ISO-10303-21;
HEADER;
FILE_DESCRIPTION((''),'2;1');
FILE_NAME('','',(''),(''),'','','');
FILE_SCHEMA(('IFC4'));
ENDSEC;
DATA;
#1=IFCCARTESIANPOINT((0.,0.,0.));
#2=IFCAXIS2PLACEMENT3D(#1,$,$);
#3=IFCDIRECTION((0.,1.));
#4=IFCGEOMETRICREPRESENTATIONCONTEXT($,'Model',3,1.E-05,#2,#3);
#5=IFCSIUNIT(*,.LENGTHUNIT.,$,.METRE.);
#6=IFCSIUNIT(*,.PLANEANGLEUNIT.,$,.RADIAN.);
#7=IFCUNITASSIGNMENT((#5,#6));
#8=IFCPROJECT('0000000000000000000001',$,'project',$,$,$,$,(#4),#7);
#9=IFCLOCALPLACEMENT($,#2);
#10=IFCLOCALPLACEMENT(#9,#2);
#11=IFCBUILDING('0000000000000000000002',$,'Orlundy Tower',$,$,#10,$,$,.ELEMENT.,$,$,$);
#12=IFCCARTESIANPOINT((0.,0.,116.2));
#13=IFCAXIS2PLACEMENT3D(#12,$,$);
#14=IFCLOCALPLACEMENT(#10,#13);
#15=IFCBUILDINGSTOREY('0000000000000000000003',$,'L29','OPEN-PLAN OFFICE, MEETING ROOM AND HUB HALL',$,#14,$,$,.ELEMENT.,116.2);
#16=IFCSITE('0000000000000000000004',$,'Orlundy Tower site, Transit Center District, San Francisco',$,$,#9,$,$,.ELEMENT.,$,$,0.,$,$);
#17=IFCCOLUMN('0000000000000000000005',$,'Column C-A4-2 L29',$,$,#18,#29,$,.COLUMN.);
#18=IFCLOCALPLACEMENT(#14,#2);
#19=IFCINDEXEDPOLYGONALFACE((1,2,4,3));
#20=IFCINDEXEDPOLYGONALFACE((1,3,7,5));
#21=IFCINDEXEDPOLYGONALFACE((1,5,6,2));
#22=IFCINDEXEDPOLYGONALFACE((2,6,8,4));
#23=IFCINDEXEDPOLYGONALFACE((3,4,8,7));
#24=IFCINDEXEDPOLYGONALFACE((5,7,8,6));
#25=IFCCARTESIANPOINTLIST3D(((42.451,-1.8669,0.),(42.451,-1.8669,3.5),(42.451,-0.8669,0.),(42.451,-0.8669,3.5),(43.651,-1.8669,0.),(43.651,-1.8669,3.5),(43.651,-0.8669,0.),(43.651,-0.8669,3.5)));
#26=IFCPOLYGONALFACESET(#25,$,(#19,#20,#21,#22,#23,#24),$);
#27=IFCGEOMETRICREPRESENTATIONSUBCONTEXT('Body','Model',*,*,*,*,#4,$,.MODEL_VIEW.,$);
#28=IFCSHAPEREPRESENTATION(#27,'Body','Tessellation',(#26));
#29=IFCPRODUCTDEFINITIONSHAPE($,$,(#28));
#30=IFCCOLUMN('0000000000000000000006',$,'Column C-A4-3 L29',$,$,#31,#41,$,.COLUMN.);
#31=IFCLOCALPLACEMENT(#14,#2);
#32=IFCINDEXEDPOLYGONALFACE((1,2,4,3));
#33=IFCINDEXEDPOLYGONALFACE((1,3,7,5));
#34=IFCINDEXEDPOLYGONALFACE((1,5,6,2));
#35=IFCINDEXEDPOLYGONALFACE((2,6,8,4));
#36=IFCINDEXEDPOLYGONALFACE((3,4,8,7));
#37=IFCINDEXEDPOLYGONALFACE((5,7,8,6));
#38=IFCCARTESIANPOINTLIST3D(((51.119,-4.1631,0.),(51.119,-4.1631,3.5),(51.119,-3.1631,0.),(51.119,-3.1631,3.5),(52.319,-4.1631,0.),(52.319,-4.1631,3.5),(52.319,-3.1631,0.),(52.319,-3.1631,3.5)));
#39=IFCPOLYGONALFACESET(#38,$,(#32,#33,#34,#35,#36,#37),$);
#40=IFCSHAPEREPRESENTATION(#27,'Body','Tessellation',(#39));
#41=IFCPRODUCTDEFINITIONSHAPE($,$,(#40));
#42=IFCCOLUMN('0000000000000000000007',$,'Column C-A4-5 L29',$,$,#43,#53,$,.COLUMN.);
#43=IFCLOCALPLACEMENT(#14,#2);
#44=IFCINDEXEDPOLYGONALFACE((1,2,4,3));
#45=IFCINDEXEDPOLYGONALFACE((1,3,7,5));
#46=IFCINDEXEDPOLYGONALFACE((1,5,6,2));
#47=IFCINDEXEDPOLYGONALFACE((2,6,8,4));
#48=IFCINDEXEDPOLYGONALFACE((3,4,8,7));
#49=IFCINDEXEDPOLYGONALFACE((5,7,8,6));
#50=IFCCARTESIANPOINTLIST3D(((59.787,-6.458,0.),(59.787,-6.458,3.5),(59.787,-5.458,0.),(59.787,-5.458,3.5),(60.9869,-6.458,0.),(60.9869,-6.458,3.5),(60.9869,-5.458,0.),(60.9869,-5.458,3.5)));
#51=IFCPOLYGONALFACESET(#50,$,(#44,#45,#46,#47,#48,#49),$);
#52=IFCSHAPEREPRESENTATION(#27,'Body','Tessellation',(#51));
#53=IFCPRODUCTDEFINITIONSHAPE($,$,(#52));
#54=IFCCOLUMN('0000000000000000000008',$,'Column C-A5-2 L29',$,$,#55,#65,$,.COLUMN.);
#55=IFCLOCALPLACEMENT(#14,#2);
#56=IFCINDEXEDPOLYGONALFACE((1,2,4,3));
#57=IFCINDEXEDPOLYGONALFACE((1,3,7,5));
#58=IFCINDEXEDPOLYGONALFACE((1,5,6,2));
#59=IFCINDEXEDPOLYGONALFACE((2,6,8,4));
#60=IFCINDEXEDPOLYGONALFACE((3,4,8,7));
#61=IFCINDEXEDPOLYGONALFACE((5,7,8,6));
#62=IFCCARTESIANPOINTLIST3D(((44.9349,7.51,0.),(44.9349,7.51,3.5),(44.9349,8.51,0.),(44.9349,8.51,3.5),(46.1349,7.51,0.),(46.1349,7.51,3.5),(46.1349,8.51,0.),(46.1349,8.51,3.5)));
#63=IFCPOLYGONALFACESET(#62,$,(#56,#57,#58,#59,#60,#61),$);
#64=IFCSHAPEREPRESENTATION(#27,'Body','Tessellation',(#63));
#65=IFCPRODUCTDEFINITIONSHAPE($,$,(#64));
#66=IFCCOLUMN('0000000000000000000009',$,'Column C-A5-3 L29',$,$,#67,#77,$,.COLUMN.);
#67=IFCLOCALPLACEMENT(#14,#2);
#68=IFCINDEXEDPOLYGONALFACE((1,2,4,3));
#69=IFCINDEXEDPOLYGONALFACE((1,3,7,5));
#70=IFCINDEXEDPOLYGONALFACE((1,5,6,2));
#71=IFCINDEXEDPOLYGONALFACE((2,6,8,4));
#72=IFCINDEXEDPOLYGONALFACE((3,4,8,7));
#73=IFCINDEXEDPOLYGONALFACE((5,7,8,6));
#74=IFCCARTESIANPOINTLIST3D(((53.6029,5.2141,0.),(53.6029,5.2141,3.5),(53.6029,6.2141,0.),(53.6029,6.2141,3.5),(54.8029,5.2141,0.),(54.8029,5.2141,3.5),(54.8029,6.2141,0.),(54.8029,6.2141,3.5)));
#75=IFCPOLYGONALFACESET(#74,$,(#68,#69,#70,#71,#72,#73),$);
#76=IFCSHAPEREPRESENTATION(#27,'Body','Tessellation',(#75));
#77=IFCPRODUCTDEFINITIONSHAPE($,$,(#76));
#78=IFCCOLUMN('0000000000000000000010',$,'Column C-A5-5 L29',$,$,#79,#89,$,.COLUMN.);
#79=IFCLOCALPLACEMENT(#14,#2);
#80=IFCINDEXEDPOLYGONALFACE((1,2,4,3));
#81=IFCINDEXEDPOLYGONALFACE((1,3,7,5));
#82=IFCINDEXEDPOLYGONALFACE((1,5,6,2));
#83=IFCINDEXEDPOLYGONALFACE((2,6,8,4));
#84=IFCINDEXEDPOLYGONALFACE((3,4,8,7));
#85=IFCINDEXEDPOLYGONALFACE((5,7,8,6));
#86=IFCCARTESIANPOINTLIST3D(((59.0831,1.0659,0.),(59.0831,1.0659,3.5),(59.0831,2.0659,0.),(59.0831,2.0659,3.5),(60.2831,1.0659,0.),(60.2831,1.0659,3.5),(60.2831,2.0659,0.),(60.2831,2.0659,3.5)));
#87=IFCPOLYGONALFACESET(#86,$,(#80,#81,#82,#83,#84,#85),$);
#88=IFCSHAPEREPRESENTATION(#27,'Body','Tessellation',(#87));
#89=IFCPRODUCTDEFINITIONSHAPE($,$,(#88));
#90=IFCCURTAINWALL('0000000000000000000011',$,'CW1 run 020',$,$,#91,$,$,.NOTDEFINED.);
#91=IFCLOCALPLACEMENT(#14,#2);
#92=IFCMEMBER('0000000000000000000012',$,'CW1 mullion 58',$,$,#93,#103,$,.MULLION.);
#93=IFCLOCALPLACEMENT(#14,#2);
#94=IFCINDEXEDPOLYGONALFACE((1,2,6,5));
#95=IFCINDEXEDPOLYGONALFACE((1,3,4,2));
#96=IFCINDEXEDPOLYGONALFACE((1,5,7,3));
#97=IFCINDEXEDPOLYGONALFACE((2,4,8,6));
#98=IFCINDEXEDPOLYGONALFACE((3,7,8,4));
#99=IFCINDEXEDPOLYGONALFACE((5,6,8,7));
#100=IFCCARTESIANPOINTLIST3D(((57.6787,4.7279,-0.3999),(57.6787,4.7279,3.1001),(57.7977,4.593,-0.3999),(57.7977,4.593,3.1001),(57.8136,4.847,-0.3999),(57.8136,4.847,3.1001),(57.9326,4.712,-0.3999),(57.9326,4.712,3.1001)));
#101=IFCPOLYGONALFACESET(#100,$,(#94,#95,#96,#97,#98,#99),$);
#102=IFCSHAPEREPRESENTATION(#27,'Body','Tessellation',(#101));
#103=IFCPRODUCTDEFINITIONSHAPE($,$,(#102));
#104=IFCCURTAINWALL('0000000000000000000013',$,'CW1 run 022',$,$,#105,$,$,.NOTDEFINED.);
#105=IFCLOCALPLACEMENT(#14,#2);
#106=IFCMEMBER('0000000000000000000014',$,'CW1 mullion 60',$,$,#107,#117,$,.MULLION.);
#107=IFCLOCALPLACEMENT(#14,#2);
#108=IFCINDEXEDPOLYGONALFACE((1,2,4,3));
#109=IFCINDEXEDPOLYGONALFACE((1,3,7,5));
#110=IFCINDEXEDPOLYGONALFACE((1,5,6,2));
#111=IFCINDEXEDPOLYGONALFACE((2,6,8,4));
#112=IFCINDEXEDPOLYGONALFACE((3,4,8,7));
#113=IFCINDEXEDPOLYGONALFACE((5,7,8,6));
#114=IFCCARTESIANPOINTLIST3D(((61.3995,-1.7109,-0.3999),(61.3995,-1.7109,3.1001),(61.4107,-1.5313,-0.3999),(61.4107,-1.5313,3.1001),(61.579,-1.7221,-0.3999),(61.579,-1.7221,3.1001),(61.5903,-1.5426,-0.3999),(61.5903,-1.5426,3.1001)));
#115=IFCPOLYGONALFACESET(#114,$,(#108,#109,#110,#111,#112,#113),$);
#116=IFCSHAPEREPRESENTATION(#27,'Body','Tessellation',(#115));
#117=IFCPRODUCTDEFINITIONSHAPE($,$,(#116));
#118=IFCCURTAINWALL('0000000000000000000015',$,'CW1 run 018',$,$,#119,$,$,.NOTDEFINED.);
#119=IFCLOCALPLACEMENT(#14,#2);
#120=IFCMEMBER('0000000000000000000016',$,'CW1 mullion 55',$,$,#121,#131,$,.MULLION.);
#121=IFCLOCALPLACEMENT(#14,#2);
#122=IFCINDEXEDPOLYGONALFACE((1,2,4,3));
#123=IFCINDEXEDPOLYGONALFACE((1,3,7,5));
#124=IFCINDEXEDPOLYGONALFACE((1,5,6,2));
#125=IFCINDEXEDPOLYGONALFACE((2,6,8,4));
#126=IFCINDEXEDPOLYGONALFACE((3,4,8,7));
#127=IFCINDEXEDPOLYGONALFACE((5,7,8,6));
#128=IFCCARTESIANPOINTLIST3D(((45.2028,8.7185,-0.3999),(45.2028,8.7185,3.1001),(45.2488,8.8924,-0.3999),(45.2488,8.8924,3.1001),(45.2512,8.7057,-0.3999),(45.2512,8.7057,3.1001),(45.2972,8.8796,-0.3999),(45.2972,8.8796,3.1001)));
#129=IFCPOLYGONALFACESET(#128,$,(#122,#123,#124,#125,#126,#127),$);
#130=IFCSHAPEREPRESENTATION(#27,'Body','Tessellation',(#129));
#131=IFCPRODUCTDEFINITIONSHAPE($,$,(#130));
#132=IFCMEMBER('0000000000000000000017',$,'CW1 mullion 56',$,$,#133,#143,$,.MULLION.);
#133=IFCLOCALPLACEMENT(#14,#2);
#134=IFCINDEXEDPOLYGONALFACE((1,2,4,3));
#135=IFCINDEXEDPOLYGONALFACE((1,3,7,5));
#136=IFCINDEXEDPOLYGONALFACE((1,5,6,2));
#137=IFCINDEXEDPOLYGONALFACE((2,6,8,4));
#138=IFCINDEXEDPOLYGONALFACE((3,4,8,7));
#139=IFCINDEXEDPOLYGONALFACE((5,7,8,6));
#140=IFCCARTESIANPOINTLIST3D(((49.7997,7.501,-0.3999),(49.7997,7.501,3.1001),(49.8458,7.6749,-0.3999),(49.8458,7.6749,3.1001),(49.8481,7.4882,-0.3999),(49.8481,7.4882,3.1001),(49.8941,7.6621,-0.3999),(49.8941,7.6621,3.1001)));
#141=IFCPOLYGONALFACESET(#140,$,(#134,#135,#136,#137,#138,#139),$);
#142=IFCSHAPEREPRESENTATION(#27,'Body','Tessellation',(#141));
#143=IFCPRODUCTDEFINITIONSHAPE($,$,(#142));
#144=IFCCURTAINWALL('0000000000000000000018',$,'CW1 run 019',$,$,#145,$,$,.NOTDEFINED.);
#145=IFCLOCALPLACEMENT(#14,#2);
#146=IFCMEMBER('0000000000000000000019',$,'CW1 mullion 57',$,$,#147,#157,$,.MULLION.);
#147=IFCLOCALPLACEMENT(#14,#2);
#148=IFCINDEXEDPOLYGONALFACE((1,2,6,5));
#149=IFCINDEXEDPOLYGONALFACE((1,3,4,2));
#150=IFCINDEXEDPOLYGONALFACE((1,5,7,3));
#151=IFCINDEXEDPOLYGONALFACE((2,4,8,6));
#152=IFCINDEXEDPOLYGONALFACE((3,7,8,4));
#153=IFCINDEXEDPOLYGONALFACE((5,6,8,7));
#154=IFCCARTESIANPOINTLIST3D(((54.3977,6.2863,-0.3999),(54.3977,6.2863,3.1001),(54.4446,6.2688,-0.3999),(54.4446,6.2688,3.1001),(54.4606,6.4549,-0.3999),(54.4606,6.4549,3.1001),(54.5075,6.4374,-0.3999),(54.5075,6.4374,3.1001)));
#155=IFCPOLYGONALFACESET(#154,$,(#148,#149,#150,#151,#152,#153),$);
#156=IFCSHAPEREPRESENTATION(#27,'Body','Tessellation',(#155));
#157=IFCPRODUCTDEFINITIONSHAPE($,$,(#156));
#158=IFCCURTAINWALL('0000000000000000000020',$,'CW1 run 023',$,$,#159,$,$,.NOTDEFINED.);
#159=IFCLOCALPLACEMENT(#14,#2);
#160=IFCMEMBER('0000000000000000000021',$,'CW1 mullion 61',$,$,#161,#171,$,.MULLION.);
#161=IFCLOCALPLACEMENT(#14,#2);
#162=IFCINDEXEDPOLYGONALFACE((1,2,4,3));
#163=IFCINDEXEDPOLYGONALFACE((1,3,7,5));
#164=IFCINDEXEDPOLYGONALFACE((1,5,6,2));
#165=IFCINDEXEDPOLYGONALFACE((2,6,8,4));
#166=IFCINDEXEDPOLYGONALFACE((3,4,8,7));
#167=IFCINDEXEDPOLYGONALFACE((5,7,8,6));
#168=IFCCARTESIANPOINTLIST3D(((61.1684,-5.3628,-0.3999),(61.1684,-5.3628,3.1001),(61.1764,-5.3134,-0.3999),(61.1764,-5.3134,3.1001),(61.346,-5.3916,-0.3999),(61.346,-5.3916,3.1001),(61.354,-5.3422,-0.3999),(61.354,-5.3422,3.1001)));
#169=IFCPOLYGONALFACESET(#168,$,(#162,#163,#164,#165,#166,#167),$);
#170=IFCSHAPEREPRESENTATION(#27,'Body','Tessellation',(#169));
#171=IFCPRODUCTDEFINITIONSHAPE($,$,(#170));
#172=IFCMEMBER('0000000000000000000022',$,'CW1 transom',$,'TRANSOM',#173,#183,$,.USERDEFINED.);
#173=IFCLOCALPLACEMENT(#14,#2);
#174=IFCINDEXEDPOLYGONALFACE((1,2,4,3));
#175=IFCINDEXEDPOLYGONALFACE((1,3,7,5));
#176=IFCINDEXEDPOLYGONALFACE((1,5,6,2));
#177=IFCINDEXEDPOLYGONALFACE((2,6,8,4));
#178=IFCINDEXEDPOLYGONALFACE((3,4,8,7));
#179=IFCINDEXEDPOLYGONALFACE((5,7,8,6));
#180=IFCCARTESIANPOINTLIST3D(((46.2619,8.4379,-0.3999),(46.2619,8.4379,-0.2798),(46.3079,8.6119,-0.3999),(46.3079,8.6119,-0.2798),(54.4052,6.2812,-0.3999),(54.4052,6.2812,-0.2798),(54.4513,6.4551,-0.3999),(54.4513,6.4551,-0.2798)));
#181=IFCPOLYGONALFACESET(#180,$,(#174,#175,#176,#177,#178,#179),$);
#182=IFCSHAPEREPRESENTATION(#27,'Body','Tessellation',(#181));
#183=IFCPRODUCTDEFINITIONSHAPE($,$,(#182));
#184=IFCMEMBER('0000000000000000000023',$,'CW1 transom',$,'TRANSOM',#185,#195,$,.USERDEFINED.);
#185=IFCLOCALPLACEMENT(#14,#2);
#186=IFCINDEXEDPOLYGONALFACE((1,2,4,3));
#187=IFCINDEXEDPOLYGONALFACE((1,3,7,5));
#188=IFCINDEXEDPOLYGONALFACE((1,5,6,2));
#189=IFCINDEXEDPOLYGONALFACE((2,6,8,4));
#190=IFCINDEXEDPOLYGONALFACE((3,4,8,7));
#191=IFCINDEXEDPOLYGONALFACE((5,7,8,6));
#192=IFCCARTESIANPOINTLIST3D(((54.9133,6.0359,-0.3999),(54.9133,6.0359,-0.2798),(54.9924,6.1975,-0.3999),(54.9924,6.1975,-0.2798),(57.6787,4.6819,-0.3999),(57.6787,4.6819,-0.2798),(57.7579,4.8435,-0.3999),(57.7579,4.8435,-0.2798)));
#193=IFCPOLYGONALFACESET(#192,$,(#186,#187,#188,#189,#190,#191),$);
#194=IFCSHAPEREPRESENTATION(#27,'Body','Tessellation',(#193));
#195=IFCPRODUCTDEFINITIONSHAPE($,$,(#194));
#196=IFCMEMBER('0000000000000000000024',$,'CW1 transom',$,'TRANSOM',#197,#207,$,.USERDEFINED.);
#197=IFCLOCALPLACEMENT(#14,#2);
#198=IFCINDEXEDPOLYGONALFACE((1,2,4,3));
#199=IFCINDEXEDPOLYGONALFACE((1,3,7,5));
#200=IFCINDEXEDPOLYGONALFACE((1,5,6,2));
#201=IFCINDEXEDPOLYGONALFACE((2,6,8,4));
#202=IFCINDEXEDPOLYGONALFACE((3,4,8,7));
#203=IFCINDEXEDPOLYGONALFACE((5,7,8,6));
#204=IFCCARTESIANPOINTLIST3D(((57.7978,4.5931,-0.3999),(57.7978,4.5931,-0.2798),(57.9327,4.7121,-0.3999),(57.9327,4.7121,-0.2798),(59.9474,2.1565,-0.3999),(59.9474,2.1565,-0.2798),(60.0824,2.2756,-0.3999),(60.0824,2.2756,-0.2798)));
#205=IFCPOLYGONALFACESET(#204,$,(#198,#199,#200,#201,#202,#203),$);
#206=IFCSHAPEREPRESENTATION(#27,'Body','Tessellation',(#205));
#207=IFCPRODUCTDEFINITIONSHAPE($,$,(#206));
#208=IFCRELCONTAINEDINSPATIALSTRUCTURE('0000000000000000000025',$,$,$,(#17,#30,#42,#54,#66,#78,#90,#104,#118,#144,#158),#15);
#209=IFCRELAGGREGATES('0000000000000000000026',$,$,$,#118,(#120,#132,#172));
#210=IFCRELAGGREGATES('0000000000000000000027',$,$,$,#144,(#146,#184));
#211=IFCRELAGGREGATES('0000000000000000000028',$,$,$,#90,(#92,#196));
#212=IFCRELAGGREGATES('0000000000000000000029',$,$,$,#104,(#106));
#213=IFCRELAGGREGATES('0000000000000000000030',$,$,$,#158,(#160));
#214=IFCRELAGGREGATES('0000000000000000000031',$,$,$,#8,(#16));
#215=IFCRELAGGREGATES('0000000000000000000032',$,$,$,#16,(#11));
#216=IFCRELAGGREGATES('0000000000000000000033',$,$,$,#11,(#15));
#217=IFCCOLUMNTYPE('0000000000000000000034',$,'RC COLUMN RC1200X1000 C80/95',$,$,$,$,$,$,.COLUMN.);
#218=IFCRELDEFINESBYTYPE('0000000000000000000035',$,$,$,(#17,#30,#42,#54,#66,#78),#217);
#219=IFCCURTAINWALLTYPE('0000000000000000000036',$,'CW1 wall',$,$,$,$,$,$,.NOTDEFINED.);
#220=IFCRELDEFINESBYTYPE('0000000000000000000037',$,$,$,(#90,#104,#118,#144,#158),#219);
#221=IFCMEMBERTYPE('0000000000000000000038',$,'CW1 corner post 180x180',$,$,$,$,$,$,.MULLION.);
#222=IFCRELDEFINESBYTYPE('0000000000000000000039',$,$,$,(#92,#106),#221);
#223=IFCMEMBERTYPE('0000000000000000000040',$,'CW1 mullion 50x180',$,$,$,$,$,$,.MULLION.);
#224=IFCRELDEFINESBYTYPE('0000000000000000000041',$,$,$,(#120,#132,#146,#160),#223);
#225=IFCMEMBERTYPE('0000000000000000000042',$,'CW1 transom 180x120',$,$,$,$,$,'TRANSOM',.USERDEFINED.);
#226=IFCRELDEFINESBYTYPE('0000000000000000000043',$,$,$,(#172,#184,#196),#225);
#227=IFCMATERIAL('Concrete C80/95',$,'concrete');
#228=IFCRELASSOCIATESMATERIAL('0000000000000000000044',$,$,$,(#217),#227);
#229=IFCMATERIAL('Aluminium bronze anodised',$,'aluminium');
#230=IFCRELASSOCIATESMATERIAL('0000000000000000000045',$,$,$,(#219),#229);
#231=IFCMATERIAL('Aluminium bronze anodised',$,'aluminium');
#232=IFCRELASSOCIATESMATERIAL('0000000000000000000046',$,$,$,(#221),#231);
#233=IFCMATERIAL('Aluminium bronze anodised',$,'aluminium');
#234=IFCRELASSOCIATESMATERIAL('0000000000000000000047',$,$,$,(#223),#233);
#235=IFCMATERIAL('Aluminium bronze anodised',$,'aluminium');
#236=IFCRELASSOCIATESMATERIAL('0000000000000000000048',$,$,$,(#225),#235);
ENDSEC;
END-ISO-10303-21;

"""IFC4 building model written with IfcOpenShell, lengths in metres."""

from ifc_helpers import new_model, si_unit, direction, frame, origin, origin_2d, place, context, subcontext, project, spatial, rectangle, extrude, material, material_profile, profile_set, type_object, element, aggregate, save


model = new_model("IFC4")

# Units and contexts
model_context = context("Model", 3, precision=1e-05, world=origin(), true_north=direction((0.0, 1.0)))
body_context = subcontext(model_context, "Body", "Model", "MODEL_VIEW")
ifc_project = project(units=[si_unit("LENGTHUNIT", "METRE"), si_unit("PLANEANGLEUNIT", "RADIAN")], contexts=[model_context])

# Site, building, storey
site_placement = place(None, origin())
site = spatial("IfcSite", under=ifc_project, at=site_placement, Name="Orlundy Tower site, Transit Center District, San Francisco", CompositionType="ELEMENT", RefElevation=0.0)
building_placement = place(site_placement, origin())
building = spatial("IfcBuilding", under=site, at=building_placement, Name="Orlundy Tower", CompositionType="ELEMENT")
storey_placement = place(building_placement, frame((0.0, 0.0, 116.2)))
storey = spatial("IfcBuildingStorey", under=building, at=storey_placement, Name="L29", Description="OPEN-PLAN OFFICE, MEETING ROOM AND HUB HALL", CompositionType="ELEMENT", Elevation=116.2)

# Columns
ifc_material_1 = material(Name="Concrete C80/95", Category="concrete")
ifc_material_profile_1 = material_profile(ifc_material_1, rectangle(XDim=1.2, YDim=1.0, at=origin_2d()), Name="RC1200X1000")
ifc_profile_set_1 = profile_set([ifc_material_profile_1], Name="Concrete C80/95")
column_type = type_object("IfcColumnType", Name="RC COLUMN RC1200X1000 C80/95", PredefinedType="COLUMN", material=ifc_profile_set_1)
for number, where, z_axis, x_axis, name in (
    (1, (43.051, -1.3669, 0.0), (0.0, 0.0, 1.0), (1.0, 0.0, 0.0), "Column C-A4-2 L29"),
    (2, (51.719, -3.6631, 0.0), (0.0, 0.0, 1.0), (1.0, 0.0, 0.0), "Column C-A4-3 L29"),
    (3, (60.387, -5.958, 0.0), (0.0, 0.0, 1.0), (1.0, 0.0, 0.0), "Column C-A4-5 L29"),
    (4, (45.5349, 8.01, 0.0), (0.0, 0.0, 1.0), (1.0, 0.0, 0.0), "Column C-A5-2 L29"),
    (5, (54.2029, 5.7141, 0.0), (0.0, 0.0, 1.0), (1.0, 0.0, 0.0), "Column C-A5-3 L29"),
    (6, (59.6831, 1.5659, 0.0), (0.0, 0.0, 1.0), (1.0, 0.0, 0.0), "Column C-A5-5 L29"),
):
    element("IfcColumn", number, at=place(storey_placement, frame(where, z_axis=z_axis, x_axis=x_axis)), inside=storey, type_object=column_type, Name=name, PredefinedType="COLUMN", context=body_context, shape_type="SweptSolid", body=[
        extrude(rectangle(XDim=1.2, YDim=1.0, at=origin_2d()), origin(), (0.0, 0.0, 1.0), 3.5),
    ])

# Curtain walls, members
ifc_material_2 = material(Name="Aluminium bronze anodised", Category="aluminium")
curtain_wall_type = type_object("IfcCurtainWallType", Name="CW1 wall", PredefinedType="NOTDEFINED", material=ifc_material_2)
curtain_wall_1_placement = place(storey_placement, origin())
curtain_wall_1 = element("IfcCurtainWall", 7, at=curtain_wall_1_placement, inside=storey, type_object=curtain_wall_type, Name="CW1 run 020", PredefinedType="NOTDEFINED")
ifc_material_3 = material(Name="Aluminium bronze anodised", Category="aluminium")
ifc_material_profile_2 = material_profile(ifc_material_3, rectangle(XDim=0.1799, YDim=0.1799, at=origin_2d()), Name="CW1 corner post 180x180")
ifc_profile_set_2 = profile_set([ifc_material_profile_2], Name="Aluminium bronze anodised")
member_type_1 = type_object("IfcMemberType", Name="CW1 corner post 180x180", PredefinedType="MULLION", material=ifc_profile_set_2)
member_1_placement = place(storey_placement, frame((57.8057, 4.72, -0.3999), z_axis=(0.0, 0.0, 1.0), x_axis=(0.749846, 0.661613, 0.0)))
member_1 = element("IfcMember", 8, at=member_1_placement, type_object=member_type_1, Name="CW1 mullion 58", PredefinedType="MULLION", context=body_context, shape_type="SweptSolid", body=[
    extrude(rectangle(XDim=0.1799, YDim=0.1799, at=origin_2d()), origin(), (0.0, 0.0, 1.0), 3.5),
])
curtain_wall_2_placement = place(storey_placement, origin())
curtain_wall_2 = element("IfcCurtainWall", 9, at=curtain_wall_2_placement, inside=storey, type_object=curtain_wall_type, Name="CW1 run 022", PredefinedType="NOTDEFINED")
member_2_placement = place(storey_placement, frame((61.4949, -1.6267, -0.3999), z_axis=(0.0, 0.0, 1.0), x_axis=(0.998039, -0.062597, 0.0)))
member_2 = element("IfcMember", 10, at=member_2_placement, type_object=member_type_1, Name="CW1 mullion 60", PredefinedType="MULLION", context=body_context, shape_type="SweptSolid", body=[
    extrude(rectangle(XDim=0.1799, YDim=0.1799, at=origin_2d()), origin(), (0.0, 0.0, 1.0), 3.5),
])

# Curtain wall, members
curtain_wall_3_placement = place(storey_placement, origin())
curtain_wall_3 = element("IfcCurtainWall", 11, at=curtain_wall_3_placement, inside=storey, type_object=curtain_wall_type, Name="CW1 run 018", PredefinedType="NOTDEFINED")
ifc_material_4 = material(Name="Aluminium bronze anodised", Category="aluminium")
ifc_material_profile_3 = material_profile(ifc_material_4, rectangle(XDim=0.1799, YDim=0.05, at=origin_2d()), Name="CW1 mullion 50x180")
ifc_profile_set_3 = profile_set([ifc_material_profile_3], Name="Aluminium bronze anodised")
member_type_2 = type_object("IfcMemberType", Name="CW1 mullion 50x180", PredefinedType="MULLION", material=ifc_profile_set_3)
member_3_placement = place(storey_placement, frame((45.25, 8.7991, -0.3999), z_axis=(0.0, 0.0, 1.0), x_axis=(0.25602, 0.966672, 0.0)))
member_3 = element("IfcMember", 12, at=member_3_placement, type_object=member_type_2, Name="CW1 mullion 55", PredefinedType="MULLION", context=body_context, shape_type="SweptSolid", body=[
    extrude(rectangle(XDim=0.1799, YDim=0.05, at=origin_2d()), origin(), (0.0, 0.0, 1.0), 3.5),
])
member_4_placement = place(storey_placement, frame((49.8469, 7.5815, -0.3999), z_axis=(0.0, 0.0, 1.0), x_axis=(0.25602, 0.966672, 0.0)))
member_4 = element("IfcMember", 13, at=member_4_placement, type_object=member_type_2, Name="CW1 mullion 56", PredefinedType="MULLION", context=body_context, shape_type="SweptSolid", body=[
    extrude(rectangle(XDim=0.1799, YDim=0.05, at=origin_2d()), origin(), (0.0, 0.0, 1.0), 3.5),
])

# Curtain walls, members
curtain_wall_4_placement = place(storey_placement, origin())
curtain_wall_4 = element("IfcCurtainWall", 14, at=curtain_wall_4_placement, inside=storey, type_object=curtain_wall_type, Name="CW1 run 019", PredefinedType="NOTDEFINED")
member_5_placement = place(storey_placement, frame((54.4526, 6.3618, -0.3999), z_axis=(0.0, 0.0, 1.0), x_axis=(0.34957, 0.93691, 0.0)))
member_5 = element("IfcMember", 15, at=member_5_placement, type_object=member_type_2, Name="CW1 mullion 57", PredefinedType="MULLION", context=body_context, shape_type="SweptSolid", body=[
    extrude(rectangle(XDim=0.1799, YDim=0.05, at=origin_2d()), origin(), (0.0, 0.0, 1.0), 3.5),
])
curtain_wall_5_placement = place(storey_placement, origin())
curtain_wall_5 = element("IfcCurtainWall", 16, at=curtain_wall_5_placement, inside=storey, type_object=curtain_wall_type, Name="CW1 run 023", PredefinedType="NOTDEFINED")
member_6_placement = place(storey_placement, frame((61.2612, -5.3525, -0.3999), z_axis=(0.0, 0.0, 1.0), x_axis=(0.987107, -0.160064, 0.0)))
member_6 = element("IfcMember", 17, at=member_6_placement, type_object=member_type_2, Name="CW1 mullion 61", PredefinedType="MULLION", context=body_context, shape_type="SweptSolid", body=[
    extrude(rectangle(XDim=0.1799, YDim=0.05, at=origin_2d()), origin(), (0.0, 0.0, 1.0), 3.5),
])

# Members
ifc_material_5 = material(Name="Aluminium bronze anodised", Category="aluminium")
ifc_material_profile_4 = material_profile(ifc_material_5, rectangle(XDim=0.1799, YDim=0.1201, at=origin_2d()), Name="CW1 transom 180x120")
ifc_profile_set_4 = profile_set([ifc_material_profile_4], Name="Aluminium bronze anodised")
member_type_3 = type_object("IfcMemberType", Name="CW1 transom 180x120", ElementType="TRANSOM", PredefinedType="USERDEFINED", material=ifc_profile_set_4)
member_7_placement = place(storey_placement, frame((46.2849, 8.5249, -0.3398), z_axis=(0.966671, -0.256021, 0.0), x_axis=(0.256021, 0.966671, 0.0)))
member_7 = element("IfcMember", 18, at=member_7_placement, type_object=member_type_3, Name="CW1 transom", ObjectType="TRANSOM", PredefinedType="USERDEFINED", context=body_context, shape_type="SweptSolid", body=[
    extrude(rectangle(XDim=0.1799, YDim=0.1201, at=origin_2d()), origin(), (0.0, 0.0, 1.0), 8.4241),
])
member_8_placement = place(storey_placement, frame((54.9529, 6.1167, -0.3398), z_axis=(0.898123, -0.439745, 0.0), x_axis=(0.439745, 0.898123, 0.0)))
member_8 = element("IfcMember", 19, at=member_8_placement, type_object=member_type_3, Name="CW1 transom", ObjectType="TRANSOM", PredefinedType="USERDEFINED", context=body_context, shape_type="SweptSolid", body=[
    extrude(rectangle(XDim=0.1799, YDim=0.1201, at=origin_2d()), origin(), (0.0, 0.0, 1.0), 3.0791),
])
member_9_placement = place(storey_placement, frame((57.8652, 4.6526, -0.3398), z_axis=(0.661584, -0.749871, 0.0), x_axis=(0.749871, 0.661584, 0.0)))
member_9 = element("IfcMember", 20, at=member_9_placement, type_object=member_type_3, Name="CW1 transom", ObjectType="TRANSOM", PredefinedType="USERDEFINED", context=body_context, shape_type="SweptSolid", body=[
    extrude(rectangle(XDim=0.1799, YDim=0.1201, at=origin_2d()), origin(), (0.0, 0.0, 1.0), 3.2493),
])

aggregate(curtain_wall_3, [member_3, member_4, member_7])
aggregate(curtain_wall_4, [member_5, member_8])
aggregate(curtain_wall_1, [member_1, member_9])
aggregate(curtain_wall_2, [member_2])
aggregate(curtain_wall_5, [member_6])

save(model, "model.ifc")
